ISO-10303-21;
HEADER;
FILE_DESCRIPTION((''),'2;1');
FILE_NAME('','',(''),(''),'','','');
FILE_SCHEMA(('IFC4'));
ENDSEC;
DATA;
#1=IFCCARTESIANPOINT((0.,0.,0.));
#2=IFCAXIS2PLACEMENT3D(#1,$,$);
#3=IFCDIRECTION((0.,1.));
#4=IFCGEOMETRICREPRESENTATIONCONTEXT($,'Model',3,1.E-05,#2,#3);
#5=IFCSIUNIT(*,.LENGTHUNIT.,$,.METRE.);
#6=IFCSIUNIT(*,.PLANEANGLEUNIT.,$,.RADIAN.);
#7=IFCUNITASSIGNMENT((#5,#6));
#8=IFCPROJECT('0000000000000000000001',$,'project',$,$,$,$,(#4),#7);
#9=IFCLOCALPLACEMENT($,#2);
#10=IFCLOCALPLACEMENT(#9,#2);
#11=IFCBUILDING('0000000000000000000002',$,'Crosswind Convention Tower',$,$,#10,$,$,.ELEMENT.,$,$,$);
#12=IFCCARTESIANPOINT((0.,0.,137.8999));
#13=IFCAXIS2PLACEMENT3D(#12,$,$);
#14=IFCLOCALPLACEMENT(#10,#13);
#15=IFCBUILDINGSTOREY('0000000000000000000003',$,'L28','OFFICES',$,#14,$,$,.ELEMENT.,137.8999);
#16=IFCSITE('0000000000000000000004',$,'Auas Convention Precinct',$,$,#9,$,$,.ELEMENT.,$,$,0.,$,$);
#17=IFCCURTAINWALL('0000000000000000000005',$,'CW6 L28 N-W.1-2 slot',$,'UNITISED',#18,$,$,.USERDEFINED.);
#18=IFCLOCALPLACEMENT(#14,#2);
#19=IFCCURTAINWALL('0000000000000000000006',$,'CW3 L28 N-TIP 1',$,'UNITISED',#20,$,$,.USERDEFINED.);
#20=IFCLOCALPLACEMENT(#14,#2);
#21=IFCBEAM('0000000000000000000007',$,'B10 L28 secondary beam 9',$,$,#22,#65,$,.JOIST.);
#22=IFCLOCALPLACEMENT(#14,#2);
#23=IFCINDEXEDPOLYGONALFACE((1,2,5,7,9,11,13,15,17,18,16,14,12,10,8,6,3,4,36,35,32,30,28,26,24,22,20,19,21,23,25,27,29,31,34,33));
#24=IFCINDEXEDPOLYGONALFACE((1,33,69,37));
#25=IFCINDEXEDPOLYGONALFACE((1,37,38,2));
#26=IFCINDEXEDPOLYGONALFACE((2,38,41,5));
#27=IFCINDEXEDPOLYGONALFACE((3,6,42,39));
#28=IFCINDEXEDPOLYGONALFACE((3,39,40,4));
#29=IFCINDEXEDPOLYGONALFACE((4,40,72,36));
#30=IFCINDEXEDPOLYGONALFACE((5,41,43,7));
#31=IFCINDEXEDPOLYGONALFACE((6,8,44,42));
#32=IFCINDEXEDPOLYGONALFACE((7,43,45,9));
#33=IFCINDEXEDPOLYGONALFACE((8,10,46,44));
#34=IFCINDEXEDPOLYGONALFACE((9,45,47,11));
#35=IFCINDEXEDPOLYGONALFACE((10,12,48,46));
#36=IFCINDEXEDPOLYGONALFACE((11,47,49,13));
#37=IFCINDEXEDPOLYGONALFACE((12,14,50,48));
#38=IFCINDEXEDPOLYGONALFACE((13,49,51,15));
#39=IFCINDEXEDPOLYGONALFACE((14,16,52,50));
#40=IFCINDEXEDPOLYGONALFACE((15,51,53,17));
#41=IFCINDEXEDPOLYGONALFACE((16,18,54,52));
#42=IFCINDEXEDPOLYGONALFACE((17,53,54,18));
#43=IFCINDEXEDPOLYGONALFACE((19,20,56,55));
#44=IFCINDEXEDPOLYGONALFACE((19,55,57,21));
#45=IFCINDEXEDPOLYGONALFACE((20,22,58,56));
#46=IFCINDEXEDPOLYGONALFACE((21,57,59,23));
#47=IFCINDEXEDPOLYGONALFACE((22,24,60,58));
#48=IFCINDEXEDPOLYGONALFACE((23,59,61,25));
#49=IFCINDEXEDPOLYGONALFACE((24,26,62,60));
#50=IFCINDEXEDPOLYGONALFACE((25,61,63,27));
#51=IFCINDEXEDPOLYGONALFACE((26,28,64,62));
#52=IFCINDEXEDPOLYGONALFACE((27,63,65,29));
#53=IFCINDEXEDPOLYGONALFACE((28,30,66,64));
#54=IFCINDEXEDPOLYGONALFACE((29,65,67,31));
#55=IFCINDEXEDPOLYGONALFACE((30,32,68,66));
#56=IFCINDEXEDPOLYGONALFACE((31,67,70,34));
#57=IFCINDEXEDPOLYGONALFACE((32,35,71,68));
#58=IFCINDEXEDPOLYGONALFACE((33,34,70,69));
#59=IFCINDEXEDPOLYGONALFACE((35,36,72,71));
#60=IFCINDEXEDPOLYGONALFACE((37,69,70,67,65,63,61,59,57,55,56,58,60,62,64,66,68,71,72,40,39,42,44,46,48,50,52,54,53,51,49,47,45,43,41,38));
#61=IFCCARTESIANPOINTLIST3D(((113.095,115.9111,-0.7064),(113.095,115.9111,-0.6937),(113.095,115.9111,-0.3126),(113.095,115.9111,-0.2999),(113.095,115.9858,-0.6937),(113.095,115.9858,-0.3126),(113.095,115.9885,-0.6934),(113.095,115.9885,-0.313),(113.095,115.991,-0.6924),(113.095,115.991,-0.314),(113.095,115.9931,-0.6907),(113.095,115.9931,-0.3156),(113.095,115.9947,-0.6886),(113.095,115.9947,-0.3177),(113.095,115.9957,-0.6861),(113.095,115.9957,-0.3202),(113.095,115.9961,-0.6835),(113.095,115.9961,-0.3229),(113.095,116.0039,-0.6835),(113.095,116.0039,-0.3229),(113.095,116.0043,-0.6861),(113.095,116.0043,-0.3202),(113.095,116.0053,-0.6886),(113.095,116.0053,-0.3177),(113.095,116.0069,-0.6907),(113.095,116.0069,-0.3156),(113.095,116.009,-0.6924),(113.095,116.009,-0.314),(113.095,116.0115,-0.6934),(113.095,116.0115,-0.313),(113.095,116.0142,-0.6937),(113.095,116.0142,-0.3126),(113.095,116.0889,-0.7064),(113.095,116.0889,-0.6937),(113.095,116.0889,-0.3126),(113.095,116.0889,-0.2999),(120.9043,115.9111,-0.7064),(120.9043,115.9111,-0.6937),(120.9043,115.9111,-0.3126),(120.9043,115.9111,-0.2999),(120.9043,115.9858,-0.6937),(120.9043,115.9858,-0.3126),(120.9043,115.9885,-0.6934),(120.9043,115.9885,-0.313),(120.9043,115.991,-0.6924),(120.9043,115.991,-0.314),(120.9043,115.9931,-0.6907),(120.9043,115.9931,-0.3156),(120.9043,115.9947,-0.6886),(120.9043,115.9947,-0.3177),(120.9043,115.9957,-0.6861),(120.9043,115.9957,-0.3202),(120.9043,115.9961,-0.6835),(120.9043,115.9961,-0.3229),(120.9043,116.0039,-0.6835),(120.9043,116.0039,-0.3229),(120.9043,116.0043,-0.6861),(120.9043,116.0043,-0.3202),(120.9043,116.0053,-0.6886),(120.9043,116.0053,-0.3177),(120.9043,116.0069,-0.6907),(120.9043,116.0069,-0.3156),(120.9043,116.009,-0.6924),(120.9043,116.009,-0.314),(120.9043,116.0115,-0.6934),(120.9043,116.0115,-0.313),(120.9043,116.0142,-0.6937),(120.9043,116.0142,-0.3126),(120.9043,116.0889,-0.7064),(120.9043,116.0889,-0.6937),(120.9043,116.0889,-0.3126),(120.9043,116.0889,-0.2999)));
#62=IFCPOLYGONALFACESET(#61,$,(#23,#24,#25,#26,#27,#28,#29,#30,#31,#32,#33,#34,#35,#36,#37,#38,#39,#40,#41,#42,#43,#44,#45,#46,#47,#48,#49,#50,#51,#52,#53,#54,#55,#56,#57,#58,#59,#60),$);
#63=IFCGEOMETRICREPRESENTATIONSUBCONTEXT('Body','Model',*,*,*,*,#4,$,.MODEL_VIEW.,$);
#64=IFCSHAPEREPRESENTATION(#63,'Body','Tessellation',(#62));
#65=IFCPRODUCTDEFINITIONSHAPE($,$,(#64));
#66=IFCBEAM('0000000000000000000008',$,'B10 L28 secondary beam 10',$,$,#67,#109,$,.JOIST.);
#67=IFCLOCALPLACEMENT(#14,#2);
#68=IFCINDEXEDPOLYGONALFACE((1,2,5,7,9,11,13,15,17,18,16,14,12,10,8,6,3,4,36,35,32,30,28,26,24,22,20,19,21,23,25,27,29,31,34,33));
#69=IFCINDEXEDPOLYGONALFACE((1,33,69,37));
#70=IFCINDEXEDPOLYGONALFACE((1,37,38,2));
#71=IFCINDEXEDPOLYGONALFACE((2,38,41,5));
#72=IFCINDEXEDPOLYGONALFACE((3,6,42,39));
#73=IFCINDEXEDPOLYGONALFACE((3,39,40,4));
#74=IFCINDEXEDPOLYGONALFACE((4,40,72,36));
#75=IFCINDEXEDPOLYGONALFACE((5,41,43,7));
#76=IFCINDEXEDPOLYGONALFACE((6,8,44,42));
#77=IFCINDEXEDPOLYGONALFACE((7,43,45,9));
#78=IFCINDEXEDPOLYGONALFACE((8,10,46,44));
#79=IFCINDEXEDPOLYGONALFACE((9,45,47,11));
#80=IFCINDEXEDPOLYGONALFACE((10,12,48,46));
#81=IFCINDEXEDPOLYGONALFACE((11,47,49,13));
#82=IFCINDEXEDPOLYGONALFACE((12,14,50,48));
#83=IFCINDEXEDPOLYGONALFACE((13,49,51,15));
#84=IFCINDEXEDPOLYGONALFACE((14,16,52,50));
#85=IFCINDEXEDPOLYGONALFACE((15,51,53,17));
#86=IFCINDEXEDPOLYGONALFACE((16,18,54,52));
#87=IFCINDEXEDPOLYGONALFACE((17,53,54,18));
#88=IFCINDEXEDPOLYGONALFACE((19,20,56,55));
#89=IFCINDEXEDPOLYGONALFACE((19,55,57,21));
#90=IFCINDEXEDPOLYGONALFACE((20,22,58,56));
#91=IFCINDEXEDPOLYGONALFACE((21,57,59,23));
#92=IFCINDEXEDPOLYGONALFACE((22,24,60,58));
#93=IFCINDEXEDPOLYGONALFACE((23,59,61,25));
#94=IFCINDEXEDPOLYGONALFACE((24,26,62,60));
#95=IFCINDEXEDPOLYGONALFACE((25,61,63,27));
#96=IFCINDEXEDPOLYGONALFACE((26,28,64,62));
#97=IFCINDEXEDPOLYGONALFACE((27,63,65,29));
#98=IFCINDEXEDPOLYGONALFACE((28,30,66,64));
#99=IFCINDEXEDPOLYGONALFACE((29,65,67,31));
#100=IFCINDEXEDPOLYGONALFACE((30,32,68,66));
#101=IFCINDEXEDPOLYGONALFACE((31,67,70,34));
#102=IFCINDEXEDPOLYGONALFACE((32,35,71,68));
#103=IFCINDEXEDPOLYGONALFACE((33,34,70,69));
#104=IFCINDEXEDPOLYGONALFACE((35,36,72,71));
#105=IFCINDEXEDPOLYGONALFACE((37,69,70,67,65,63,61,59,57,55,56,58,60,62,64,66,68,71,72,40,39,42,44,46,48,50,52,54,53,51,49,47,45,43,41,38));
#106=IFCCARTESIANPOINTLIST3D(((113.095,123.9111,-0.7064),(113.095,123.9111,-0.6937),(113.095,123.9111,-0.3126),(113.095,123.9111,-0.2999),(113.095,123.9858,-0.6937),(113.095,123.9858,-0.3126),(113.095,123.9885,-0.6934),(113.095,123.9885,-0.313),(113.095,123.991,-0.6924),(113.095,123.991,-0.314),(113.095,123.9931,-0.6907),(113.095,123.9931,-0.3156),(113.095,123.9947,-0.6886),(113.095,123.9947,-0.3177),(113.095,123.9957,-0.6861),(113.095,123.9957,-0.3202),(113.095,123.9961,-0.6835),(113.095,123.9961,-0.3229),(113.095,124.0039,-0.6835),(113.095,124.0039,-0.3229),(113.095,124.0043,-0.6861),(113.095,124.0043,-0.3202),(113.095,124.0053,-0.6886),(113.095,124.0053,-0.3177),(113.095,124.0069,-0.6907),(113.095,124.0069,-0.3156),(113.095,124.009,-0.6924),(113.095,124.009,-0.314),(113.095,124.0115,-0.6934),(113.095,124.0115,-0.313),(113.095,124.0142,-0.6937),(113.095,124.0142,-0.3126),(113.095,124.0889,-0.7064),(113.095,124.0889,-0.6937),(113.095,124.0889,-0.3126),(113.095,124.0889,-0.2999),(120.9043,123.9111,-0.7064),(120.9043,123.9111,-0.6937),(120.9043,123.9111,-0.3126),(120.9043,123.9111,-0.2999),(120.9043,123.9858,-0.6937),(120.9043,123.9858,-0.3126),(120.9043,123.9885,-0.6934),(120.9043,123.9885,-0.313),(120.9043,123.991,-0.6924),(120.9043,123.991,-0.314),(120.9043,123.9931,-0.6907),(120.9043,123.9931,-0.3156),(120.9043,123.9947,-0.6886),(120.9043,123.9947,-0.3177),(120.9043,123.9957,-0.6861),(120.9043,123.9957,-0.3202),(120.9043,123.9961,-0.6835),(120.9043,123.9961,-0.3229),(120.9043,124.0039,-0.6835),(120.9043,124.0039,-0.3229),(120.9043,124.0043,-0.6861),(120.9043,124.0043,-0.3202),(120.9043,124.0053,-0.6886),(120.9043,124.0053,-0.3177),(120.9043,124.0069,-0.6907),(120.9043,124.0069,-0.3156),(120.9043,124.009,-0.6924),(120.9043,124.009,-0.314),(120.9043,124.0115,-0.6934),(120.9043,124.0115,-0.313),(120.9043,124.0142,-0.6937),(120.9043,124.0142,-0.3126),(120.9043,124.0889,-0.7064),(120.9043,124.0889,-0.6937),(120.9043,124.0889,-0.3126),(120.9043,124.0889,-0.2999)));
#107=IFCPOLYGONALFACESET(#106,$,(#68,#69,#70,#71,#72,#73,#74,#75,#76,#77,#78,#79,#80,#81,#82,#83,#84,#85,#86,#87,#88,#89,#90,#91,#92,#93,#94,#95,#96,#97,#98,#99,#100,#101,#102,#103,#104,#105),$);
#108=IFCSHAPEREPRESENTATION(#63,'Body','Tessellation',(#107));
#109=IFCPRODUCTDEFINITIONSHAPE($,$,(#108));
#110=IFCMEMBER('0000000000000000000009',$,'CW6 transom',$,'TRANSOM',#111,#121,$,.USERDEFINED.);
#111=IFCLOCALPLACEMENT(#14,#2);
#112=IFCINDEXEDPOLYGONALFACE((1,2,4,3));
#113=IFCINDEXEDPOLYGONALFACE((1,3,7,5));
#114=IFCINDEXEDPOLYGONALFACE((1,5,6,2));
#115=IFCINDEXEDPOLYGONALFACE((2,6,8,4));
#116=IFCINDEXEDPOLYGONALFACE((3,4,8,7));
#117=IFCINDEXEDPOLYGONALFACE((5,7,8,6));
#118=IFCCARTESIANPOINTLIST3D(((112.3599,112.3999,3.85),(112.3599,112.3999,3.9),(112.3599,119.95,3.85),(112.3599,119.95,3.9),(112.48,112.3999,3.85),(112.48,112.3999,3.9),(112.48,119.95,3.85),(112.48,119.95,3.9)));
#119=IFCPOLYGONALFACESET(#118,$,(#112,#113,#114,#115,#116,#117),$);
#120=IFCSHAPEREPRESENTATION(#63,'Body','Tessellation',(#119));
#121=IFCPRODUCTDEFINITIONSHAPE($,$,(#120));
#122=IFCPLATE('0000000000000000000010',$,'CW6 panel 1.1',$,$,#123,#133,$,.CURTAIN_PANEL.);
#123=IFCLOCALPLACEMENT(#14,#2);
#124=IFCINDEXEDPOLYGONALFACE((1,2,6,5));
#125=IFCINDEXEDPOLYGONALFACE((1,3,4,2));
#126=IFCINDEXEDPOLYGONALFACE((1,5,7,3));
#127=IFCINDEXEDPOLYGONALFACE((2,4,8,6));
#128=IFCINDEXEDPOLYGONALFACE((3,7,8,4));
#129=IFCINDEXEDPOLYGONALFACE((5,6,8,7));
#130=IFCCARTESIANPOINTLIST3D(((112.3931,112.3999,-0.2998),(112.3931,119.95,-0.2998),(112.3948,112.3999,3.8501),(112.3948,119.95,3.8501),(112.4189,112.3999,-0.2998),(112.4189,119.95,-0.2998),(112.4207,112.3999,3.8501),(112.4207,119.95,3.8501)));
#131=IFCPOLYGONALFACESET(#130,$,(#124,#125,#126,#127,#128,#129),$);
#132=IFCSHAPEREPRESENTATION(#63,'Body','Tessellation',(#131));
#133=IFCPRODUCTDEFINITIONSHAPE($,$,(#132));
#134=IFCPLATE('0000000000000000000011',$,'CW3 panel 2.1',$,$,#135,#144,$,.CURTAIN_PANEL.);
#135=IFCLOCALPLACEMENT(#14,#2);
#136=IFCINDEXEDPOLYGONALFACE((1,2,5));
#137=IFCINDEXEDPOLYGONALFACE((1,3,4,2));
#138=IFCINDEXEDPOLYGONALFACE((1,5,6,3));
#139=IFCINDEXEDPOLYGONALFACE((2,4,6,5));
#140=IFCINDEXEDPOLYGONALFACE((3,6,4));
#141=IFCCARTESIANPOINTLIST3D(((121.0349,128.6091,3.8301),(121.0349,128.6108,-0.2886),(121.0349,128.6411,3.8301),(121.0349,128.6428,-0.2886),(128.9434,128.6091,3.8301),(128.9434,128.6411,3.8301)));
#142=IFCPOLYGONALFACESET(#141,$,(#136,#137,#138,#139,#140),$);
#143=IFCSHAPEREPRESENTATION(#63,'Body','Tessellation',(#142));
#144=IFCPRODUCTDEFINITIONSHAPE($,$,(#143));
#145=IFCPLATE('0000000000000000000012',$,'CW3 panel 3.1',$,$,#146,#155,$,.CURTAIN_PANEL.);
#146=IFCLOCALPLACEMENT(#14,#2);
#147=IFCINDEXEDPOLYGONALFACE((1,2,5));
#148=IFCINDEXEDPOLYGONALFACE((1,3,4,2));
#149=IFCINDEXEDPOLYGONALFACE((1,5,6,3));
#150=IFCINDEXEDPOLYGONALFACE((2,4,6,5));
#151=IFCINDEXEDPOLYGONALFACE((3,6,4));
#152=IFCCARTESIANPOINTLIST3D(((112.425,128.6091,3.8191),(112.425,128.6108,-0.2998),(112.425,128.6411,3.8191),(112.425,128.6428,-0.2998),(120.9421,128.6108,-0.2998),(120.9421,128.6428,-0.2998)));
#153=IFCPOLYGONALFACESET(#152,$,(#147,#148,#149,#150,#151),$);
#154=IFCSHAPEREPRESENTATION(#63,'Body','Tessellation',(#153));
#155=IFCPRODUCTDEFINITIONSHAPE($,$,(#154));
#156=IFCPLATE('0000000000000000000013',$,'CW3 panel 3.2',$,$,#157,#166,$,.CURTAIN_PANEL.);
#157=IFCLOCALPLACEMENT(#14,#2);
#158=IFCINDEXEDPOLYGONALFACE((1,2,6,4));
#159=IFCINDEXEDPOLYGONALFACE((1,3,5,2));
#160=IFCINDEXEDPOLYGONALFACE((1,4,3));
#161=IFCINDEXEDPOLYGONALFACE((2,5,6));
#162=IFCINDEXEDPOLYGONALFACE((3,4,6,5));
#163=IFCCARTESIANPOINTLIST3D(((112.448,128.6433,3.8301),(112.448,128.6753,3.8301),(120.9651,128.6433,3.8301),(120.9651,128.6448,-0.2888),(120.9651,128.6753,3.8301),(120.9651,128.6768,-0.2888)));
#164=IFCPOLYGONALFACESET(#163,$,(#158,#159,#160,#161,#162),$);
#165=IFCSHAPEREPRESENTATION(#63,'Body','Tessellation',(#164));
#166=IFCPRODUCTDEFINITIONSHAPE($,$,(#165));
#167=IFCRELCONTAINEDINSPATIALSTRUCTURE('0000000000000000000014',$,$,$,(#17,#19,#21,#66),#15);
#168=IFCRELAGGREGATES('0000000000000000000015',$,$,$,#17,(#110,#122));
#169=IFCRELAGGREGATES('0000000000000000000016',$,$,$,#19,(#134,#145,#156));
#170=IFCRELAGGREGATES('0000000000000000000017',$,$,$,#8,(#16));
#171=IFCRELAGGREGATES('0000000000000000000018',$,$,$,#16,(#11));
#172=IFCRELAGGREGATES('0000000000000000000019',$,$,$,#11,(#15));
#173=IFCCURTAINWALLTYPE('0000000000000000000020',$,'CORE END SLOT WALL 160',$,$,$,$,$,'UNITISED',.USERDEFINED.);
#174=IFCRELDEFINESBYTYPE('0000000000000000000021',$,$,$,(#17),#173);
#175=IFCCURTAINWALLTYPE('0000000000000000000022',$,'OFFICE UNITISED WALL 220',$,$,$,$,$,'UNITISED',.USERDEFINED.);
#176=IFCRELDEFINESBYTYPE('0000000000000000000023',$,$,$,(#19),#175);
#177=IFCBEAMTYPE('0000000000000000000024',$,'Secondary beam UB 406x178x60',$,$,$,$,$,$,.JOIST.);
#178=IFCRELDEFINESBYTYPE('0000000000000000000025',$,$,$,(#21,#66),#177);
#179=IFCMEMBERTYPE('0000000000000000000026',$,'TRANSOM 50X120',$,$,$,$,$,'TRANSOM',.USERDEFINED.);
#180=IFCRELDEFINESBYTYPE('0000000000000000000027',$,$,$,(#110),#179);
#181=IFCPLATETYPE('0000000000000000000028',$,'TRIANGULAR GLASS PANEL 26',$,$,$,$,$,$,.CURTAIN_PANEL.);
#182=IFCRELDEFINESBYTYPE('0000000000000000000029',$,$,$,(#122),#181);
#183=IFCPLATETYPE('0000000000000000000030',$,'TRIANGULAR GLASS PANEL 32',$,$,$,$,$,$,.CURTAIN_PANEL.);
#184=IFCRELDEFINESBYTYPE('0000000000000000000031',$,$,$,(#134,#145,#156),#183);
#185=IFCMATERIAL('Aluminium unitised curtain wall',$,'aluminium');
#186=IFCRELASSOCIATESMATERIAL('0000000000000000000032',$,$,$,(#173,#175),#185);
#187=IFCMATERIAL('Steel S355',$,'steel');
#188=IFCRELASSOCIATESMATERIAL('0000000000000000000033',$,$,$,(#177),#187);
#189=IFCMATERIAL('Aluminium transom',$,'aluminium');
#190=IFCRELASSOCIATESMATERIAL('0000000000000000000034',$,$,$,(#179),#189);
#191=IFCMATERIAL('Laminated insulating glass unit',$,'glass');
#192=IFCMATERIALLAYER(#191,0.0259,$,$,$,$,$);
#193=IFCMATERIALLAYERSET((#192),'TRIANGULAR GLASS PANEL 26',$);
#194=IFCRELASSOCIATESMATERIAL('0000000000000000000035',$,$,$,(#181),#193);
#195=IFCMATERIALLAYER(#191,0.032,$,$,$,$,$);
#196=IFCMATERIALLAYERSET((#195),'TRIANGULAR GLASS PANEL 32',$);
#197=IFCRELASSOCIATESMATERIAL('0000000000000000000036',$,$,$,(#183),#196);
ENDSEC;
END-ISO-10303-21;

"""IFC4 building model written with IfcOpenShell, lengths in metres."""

from ifc_helpers import new_model, si_unit, direction, frame, origin, origin_2d, place, context, subcontext, project, spatial, polyline, rectangle, i_section, outline, extrude, material, layer, layer_set, material_profile, profile_set, type_object, element, aggregate, save


model = new_model("IFC4")

# Units and contexts
model_context = context("Model", 3, precision=1e-05, world=origin(), true_north=direction((0.0, 1.0)))
body_context = subcontext(model_context, "Body", "Model", "MODEL_VIEW")
ifc_project = project(units=[si_unit("LENGTHUNIT", "METRE"), si_unit("PLANEANGLEUNIT", "RADIAN")], contexts=[model_context])

# Site, building, storey
site_placement = place(None, origin())
site = spatial("IfcSite", under=ifc_project, at=site_placement, Name="Auas Convention Precinct", CompositionType="ELEMENT", RefElevation=0.0)
building_placement = place(site_placement, origin())
building = spatial("IfcBuilding", under=site, at=building_placement, Name="Crosswind Convention Tower", CompositionType="ELEMENT")
storey_placement = place(building_placement, frame((0.0, 0.0, 137.8999)))
storey = spatial("IfcBuildingStorey", under=building, at=storey_placement, Name="L28", Description="OFFICES", CompositionType="ELEMENT", Elevation=137.8999)

# Shared definitions
ifc_material_1 = material(Name="Steel S355", Category="steel")

# Curtain wall
ifc_material_2 = material(Name="Aluminium unitised curtain wall", Category="aluminium")
curtain_wall_type_1 = type_object("IfcCurtainWallType", Name="CORE END SLOT WALL 160", ElementType="UNITISED", PredefinedType="USERDEFINED", material=ifc_material_2)
curtain_wall_1_placement = place(storey_placement, origin())
curtain_wall_1 = element("IfcCurtainWall", 1, at=curtain_wall_1_placement, inside=storey, type_object=curtain_wall_type_1, Name="CW6 L28 N-W.1-2 slot", ObjectType="UNITISED", PredefinedType="USERDEFINED")

# Curtain wall
curtain_wall_type_2 = type_object("IfcCurtainWallType", Name="OFFICE UNITISED WALL 220", ElementType="UNITISED", PredefinedType="USERDEFINED", material=ifc_material_2)
curtain_wall_2_placement = place(storey_placement, origin())
curtain_wall_2 = element("IfcCurtainWall", 2, at=curtain_wall_2_placement, inside=storey, type_object=curtain_wall_type_2, Name="CW3 L28 N-TIP 1", ObjectType="UNITISED", PredefinedType="USERDEFINED")

# Beams
ifc_material_profile_1 = material_profile(ifc_material_1, i_section(OverallWidth=0.1777, OverallDepth=0.4065, WebThickness=0.0078, FlangeThickness=0.0127, FilletRadius=0.0103, at=origin_2d()), Name="UB 406x178x60")
ifc_profile_set_1 = profile_set([ifc_material_profile_1], Name="Steel S355")
beam_type_1 = type_object("IfcBeamType", Name="Secondary beam UB 406x178x60", PredefinedType="JOIST", material=ifc_profile_set_1)
for number, where, z_axis, x_axis, name in (
    (3, (113.095, 116.0, -0.5032), (1.0, 0.0, 0.0), (0.0, 1.0, 0.0), "B10 L28 secondary beam 9"),
    (4, (113.095, 124.0, -0.5032), (1.0, 0.0, 0.0), (0.0, 1.0, 0.0), "B10 L28 secondary beam 10"),
):
    element("IfcBeam", number, at=place(storey_placement, frame(where, z_axis=z_axis, x_axis=x_axis)), inside=storey, type_object=beam_type_1, Name=name, PredefinedType="JOIST", context=body_context, shape_type="SweptSolid", body=[
        extrude(i_section(OverallWidth=0.1777, OverallDepth=0.4065, WebThickness=0.0078, FlangeThickness=0.0127, FilletRadius=0.0103, at=origin_2d()), origin(), (0.0, 0.0, 1.0), 7.8093),
    ])

# Member
ifc_material_3 = material(Name="Aluminium transom", Category="aluminium")
ifc_material_profile_2 = material_profile(ifc_material_3, rectangle(XDim=0.1201, YDim=0.05, at=origin_2d()), Name="AL 120X50")
ifc_profile_set_2 = profile_set([ifc_material_profile_2], Name="Aluminium transom")
member_type_1 = type_object("IfcMemberType", Name="TRANSOM 50X120", ElementType="TRANSOM", PredefinedType="USERDEFINED", material=ifc_profile_set_2)
member_1_placement = place(storey_placement, frame((112.4199, 119.95, 3.875), z_axis=(0.0, -1.0, 0.0), x_axis=(1.0, 0.0, 0.0)))
member_1 = element("IfcMember", 5, at=member_1_placement, type_object=member_type_1, Name="CW6 transom", ObjectType="TRANSOM", PredefinedType="USERDEFINED", context=body_context, shape_type="SweptSolid", body=[
    extrude(rectangle(XDim=0.1201, YDim=0.05, at=origin_2d()), origin(), (0.0, 0.0, 1.0), 7.55),
])

# Plates
ifc_material_4 = material(Name="Laminated insulating glass unit", Category="glass")
ifc_layer_1 = layer(ifc_material_4, 0.0259)
ifc_layer_set_1 = layer_set([ifc_layer_1], Name="TRIANGULAR GLASS PANEL 26")
plate_type_1 = type_object("IfcPlateType", Name="TRIANGULAR GLASS PANEL 26", PredefinedType="CURTAIN_PANEL", material=ifc_layer_set_1)
plate_1_placement = place(storey_placement, frame((112.3931, 119.95, -0.2998), z_axis=(-1.0, 0.0, 0.000412), x_axis=(0.0, -1.0, 0.0)))
plate_1 = element("IfcPlate", 6, at=plate_1_placement, type_object=plate_type_1, Name="CW6 panel 1.1", PredefinedType="CURTAIN_PANEL", context=body_context, shape_type="SweptSolid", body=[
    extrude(outline(polyline([(0.0, 0.0), (7.55, 0.0), (7.55, 4.1499), (0.0, 4.1499), (0.0, 0.0)])), origin(), (0.0, 0.0, -1.0), 0.0259),
])
aggregate(curtain_wall_1, [member_1, plate_1])
ifc_layer_2 = layer(ifc_material_4, 0.032)
ifc_layer_set_2 = layer_set([ifc_layer_2], Name="TRIANGULAR GLASS PANEL 32")
plate_type_2 = type_object("IfcPlateType", Name="TRIANGULAR GLASS PANEL 32", PredefinedType="CURTAIN_PANEL", material=ifc_layer_set_2)
plate_2_placement = place(storey_placement, frame((121.0349, 128.6411, 3.8301), z_axis=(0.0, 1.0, 0.000415), x_axis=(1.0, 0.0, 0.0)))
plate_2 = element("IfcPlate", 7, at=plate_2_placement, type_object=plate_type_2, Name="CW3 panel 2.1", PredefinedType="CURTAIN_PANEL", context=body_context, shape_type="SweptSolid", body=[
    extrude(outline(polyline([(0.0, 0.0), (7.9084, 0.0), (0.0, 4.1187), (0.0, 0.0)])), origin(), (0.0, 0.0, -1.0), 0.032),
])
plate_3_placement = place(storey_placement, frame((112.425, 128.6428, -0.2998), z_axis=(0.0, 1.0, 0.000415), x_axis=(0.0, -0.000415, 1.0)))
plate_3 = element("IfcPlate", 8, at=plate_3_placement, type_object=plate_type_2, Name="CW3 panel 3.1", PredefinedType="CURTAIN_PANEL", context=body_context, shape_type="SweptSolid", body=[
    extrude(outline(polyline([(0.0, 0.0), (4.1189, 0.0), (0.0, 8.5171), (0.0, 0.0)])), origin(), (0.0, 0.0, -1.0), 0.032),
])
plate_4_placement = place(storey_placement, frame((120.9651, 128.6753, 3.8301), z_axis=(0.0, 1.0, 0.000356), x_axis=(0.0, 0.000356, -1.0)))
plate_4 = element("IfcPlate", 9, at=plate_4_placement, type_object=plate_type_2, Name="CW3 panel 3.2", PredefinedType="CURTAIN_PANEL", context=body_context, shape_type="SweptSolid", body=[
    extrude(outline(polyline([(0.0, 0.0), (4.1189, 0.0), (0.0, 8.5171), (0.0, 0.0)])), origin(), (0.0, 0.0, -1.0), 0.032),
])
aggregate(curtain_wall_2, [plate_2, plate_3, plate_4])

save(model, "model.ifc")
